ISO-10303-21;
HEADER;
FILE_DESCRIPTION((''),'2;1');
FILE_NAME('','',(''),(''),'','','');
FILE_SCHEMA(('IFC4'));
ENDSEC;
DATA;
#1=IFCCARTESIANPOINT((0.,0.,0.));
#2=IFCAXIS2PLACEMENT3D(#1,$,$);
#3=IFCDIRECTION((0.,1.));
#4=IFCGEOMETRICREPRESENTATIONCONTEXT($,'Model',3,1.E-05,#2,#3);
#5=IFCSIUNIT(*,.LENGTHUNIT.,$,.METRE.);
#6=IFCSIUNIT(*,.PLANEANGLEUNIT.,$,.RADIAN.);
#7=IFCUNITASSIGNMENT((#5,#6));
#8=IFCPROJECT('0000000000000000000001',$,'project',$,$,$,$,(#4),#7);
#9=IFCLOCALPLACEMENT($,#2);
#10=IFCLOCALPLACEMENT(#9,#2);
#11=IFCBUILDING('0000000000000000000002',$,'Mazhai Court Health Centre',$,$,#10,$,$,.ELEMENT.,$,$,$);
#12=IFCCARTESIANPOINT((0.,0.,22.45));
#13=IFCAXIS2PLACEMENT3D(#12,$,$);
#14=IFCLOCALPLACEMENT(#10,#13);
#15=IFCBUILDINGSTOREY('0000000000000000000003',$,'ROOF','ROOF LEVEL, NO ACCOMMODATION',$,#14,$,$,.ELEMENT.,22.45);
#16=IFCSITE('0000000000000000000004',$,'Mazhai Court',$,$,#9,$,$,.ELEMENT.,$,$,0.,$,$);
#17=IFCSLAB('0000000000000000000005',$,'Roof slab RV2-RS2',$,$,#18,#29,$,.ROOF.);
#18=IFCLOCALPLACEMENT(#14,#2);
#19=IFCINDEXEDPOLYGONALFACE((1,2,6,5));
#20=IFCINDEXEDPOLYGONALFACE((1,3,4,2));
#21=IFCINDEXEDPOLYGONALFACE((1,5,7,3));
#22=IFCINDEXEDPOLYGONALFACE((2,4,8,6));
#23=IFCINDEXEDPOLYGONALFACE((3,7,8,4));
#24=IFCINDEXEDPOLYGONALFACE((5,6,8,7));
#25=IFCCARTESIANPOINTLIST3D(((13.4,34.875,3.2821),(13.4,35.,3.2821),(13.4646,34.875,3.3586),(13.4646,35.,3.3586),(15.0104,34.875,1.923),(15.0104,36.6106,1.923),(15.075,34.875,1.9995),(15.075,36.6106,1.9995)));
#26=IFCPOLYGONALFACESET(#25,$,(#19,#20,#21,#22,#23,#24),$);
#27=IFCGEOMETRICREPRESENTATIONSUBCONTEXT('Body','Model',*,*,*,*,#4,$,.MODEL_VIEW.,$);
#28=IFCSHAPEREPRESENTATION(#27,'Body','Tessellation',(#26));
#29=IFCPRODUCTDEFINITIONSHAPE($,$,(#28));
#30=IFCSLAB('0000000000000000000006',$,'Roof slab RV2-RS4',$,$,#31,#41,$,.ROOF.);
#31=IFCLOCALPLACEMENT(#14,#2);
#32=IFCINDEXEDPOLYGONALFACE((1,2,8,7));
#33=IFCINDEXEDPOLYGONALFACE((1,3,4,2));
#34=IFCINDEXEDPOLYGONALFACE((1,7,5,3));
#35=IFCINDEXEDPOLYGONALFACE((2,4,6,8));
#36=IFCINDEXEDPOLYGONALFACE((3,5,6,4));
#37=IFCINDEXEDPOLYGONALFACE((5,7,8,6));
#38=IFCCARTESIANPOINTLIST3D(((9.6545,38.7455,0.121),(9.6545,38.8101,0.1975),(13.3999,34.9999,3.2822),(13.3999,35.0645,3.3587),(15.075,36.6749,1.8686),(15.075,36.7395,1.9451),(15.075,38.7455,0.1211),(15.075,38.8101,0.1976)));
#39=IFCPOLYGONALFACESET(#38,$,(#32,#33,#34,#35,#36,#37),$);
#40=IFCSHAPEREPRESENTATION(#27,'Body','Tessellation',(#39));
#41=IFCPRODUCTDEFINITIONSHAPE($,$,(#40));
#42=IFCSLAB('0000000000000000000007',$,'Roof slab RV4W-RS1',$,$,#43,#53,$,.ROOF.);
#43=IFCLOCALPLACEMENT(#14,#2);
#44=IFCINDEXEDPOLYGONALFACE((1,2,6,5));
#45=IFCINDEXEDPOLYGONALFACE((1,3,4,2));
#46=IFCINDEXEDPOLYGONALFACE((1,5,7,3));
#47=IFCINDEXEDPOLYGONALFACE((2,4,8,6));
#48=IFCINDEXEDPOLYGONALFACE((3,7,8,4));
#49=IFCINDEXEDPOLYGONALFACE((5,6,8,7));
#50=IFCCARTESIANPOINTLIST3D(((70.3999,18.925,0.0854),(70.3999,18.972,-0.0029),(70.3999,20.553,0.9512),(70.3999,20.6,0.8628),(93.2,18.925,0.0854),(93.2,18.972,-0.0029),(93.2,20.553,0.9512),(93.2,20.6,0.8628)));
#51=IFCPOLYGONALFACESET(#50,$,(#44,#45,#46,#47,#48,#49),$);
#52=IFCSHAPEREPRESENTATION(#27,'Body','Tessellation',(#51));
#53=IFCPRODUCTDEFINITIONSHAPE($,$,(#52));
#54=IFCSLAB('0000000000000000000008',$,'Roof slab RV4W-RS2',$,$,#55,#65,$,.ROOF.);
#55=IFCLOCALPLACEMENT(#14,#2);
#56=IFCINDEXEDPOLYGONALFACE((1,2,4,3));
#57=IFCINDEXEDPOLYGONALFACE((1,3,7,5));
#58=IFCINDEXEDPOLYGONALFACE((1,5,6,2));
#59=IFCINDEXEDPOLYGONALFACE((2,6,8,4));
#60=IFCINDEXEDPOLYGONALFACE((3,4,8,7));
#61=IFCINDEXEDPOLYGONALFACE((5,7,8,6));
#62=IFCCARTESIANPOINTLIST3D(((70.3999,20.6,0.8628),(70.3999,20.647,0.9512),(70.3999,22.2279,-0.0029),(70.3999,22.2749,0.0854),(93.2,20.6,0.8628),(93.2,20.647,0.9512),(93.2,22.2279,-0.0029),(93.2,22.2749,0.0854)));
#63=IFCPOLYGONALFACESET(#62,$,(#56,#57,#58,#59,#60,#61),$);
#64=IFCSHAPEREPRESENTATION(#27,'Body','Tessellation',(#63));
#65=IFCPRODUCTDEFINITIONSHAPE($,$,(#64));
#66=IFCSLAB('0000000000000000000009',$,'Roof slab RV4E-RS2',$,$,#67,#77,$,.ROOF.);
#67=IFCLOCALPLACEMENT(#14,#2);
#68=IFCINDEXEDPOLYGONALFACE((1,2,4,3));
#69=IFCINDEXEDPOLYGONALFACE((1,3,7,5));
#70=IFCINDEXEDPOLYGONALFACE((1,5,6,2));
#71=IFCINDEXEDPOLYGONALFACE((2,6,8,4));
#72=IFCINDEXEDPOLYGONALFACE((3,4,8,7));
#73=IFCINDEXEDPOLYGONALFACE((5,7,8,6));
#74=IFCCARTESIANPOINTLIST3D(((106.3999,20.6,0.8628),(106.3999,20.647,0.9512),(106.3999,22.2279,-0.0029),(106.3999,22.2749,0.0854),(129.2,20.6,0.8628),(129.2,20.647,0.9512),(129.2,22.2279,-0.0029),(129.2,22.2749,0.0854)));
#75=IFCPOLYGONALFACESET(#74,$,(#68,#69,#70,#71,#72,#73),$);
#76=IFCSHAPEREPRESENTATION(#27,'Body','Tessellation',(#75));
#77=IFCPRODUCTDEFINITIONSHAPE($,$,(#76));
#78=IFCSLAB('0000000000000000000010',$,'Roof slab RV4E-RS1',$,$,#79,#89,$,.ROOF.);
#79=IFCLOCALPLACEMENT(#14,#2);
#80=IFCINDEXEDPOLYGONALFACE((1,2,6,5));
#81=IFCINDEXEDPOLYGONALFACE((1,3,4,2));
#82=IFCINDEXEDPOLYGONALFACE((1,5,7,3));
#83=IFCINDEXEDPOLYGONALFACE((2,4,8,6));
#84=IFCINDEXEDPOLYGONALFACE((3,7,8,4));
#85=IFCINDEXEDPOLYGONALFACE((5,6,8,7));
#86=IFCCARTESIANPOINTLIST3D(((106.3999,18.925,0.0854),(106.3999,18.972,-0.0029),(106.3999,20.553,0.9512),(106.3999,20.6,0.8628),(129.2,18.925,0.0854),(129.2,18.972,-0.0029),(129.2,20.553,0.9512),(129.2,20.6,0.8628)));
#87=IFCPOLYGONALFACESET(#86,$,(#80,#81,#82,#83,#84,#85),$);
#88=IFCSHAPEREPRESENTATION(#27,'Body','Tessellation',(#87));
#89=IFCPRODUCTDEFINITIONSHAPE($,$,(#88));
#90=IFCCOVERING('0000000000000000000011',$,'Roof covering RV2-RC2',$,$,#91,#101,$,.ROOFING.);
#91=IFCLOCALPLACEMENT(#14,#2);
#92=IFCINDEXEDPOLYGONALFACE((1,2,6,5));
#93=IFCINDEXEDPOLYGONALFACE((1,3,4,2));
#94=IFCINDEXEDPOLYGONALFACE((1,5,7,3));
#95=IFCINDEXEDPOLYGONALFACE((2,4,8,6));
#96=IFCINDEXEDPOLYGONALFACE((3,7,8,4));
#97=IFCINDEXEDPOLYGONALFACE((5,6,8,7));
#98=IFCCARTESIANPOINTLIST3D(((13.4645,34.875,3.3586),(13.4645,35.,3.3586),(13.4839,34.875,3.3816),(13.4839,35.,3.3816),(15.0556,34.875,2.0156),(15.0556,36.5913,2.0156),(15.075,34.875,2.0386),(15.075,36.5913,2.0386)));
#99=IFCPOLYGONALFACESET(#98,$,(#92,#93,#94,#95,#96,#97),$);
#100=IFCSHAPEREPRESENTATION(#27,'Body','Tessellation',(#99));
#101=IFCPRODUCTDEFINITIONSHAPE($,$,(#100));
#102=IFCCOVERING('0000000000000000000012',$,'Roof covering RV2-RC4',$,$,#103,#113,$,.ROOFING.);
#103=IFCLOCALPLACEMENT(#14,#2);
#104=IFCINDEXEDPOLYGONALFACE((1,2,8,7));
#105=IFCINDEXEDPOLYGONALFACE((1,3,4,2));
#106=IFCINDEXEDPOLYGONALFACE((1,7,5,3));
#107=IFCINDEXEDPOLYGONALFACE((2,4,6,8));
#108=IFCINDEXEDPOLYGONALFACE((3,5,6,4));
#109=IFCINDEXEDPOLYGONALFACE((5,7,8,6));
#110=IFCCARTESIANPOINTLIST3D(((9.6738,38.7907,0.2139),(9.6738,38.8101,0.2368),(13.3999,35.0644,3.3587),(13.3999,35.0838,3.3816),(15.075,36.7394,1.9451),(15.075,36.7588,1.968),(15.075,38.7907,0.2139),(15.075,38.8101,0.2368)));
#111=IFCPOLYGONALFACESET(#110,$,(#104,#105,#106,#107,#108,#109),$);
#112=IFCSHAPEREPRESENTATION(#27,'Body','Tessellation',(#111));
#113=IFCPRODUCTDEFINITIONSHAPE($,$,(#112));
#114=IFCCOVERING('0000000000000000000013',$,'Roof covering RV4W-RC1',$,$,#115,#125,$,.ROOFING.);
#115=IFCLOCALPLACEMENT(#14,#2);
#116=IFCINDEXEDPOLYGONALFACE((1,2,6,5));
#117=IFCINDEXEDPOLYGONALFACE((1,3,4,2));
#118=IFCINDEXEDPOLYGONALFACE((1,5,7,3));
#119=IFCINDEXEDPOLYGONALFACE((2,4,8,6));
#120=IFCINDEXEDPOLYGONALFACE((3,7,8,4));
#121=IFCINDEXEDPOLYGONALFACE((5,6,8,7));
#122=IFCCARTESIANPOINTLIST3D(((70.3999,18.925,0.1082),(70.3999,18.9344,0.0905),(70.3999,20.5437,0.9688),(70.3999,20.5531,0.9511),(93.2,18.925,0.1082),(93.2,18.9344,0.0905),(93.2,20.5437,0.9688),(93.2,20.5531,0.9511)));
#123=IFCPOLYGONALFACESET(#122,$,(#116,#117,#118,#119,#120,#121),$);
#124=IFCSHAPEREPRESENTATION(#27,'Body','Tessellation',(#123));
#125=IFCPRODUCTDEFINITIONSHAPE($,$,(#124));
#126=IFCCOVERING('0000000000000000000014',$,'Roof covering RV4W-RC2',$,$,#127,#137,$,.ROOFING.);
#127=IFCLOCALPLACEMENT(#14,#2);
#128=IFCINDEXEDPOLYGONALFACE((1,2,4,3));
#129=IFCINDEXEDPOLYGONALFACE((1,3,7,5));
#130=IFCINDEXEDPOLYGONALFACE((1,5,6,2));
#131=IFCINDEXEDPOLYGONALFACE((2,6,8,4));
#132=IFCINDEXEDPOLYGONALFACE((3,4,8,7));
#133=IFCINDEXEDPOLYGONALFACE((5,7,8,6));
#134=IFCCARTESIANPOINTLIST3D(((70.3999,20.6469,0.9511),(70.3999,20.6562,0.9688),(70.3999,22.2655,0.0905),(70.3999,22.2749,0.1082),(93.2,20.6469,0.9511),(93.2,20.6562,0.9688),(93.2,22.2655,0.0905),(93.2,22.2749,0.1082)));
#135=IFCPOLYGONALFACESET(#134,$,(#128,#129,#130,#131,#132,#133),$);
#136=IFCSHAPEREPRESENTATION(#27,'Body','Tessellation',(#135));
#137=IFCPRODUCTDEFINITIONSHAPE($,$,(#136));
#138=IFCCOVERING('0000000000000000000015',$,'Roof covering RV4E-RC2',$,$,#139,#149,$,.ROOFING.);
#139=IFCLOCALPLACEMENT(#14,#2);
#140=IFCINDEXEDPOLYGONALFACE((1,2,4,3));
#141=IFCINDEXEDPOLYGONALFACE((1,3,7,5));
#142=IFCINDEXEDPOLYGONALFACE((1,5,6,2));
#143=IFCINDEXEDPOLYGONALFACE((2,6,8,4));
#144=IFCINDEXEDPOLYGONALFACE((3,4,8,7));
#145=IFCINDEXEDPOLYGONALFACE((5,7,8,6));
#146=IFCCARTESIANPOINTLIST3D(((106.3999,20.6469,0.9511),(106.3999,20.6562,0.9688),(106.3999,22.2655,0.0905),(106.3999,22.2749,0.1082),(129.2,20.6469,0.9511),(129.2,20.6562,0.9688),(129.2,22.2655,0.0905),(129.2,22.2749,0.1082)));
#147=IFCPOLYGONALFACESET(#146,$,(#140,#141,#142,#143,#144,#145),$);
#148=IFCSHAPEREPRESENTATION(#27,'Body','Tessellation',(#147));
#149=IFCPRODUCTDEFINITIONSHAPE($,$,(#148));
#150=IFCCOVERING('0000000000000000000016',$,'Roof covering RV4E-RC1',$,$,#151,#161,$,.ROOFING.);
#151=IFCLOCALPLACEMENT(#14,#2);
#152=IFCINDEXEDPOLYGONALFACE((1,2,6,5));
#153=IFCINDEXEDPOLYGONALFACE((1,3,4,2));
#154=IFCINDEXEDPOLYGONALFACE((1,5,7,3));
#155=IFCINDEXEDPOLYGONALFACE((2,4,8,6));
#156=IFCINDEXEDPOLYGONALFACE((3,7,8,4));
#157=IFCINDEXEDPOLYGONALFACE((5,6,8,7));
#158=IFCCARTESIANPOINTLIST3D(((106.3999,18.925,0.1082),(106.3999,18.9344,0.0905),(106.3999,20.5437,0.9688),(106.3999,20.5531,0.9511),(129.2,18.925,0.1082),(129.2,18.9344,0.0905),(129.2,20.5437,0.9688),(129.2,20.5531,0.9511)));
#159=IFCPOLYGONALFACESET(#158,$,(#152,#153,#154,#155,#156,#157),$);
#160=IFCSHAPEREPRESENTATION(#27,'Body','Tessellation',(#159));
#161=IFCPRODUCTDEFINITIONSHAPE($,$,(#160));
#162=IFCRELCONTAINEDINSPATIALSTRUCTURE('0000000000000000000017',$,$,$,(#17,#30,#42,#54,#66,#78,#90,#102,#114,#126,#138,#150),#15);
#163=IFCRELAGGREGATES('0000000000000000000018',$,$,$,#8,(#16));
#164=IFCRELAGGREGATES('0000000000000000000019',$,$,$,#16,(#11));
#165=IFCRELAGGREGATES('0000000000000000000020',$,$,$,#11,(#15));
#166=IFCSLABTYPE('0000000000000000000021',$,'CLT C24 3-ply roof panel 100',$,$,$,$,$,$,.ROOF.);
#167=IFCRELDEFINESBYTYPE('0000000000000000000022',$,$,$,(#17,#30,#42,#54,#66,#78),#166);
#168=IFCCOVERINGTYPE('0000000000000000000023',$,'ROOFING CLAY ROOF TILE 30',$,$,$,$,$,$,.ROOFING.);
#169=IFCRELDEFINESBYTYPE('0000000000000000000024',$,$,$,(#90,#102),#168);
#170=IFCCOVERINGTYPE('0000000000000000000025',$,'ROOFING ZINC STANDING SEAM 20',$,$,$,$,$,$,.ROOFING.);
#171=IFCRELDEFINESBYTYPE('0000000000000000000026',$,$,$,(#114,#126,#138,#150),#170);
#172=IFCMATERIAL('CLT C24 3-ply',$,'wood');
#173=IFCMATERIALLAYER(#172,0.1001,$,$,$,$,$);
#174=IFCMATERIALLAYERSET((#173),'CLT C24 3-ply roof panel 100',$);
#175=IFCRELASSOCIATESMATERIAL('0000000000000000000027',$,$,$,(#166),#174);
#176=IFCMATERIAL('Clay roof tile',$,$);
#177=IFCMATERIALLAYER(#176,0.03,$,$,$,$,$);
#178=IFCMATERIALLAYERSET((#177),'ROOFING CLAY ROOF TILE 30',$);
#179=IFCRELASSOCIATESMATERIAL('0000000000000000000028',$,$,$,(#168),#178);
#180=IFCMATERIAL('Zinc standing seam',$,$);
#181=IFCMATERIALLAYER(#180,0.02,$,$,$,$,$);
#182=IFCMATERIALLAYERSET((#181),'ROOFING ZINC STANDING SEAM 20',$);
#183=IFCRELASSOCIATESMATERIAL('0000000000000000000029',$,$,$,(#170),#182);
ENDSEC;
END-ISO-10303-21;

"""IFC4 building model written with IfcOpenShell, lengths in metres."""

from ifc_helpers import new_model, si_unit, direction, frame, origin, place, context, subcontext, project, spatial, polyline, outline, extrude, material, layer, layer_set, type_object, element, save


model = new_model("IFC4")

# Units and contexts
model_context = context("Model", 3, precision=1e-05, world=origin(), true_north=direction((0.0, 1.0)))
body_context = subcontext(model_context, "Body", "Model", "MODEL_VIEW")
ifc_project = project(units=[si_unit("LENGTHUNIT", "METRE"), si_unit("PLANEANGLEUNIT", "RADIAN")], contexts=[model_context])

# Site, building, storey
site_placement = place(None, origin())
site = spatial("IfcSite", under=ifc_project, at=site_placement, Name="Mazhai Court", CompositionType="ELEMENT", RefElevation=0.0)
building_placement = place(site_placement, origin())
building = spatial("IfcBuilding", under=site, at=building_placement, Name="Mazhai Court Health Centre", CompositionType="ELEMENT")
storey_placement = place(building_placement, frame((0.0, 0.0, 22.45)))
storey = spatial("IfcBuildingStorey", under=building, at=storey_placement, Name="ROOF", Description="ROOF LEVEL, NO ACCOMMODATION", CompositionType="ELEMENT", Elevation=22.45)

# Slabs
ifc_material_1 = material(Name="CLT C24 3-ply", Category="wood")
ifc_layer_1 = layer(ifc_material_1, 0.1001)
ifc_layer_set_1 = layer_set([ifc_layer_1], Name="CLT C24 3-ply roof panel 100")
slab_type = type_object("IfcSlabType", Name="CLT C24 3-ply roof panel 100", PredefinedType="ROOF", material=ifc_layer_set_1)
slab_1_placement = place(storey_placement, frame((13.4646, 35.0, 3.3586), z_axis=(0.644981, 0.0, 0.764199), x_axis=(0.607162, 0.607254, -0.512442)))
element("IfcSlab", 1, at=slab_1_placement, inside=storey, type_object=slab_type, Name="Roof slab RV2-RS2", PredefinedType="ROOF", context=body_context, shape_type="SweptSolid", body=[
    extrude(outline(polyline([(0.0, 0.0), (2.6523, 0.0), (1.5983, -1.3789), (-0.0759, -0.0993), (0.0, 0.0)])), origin(), (0.0, 0.0, -1.0), 0.1001),
])
slab_2_placement = place(storey_placement, frame((9.6545, 38.8101, 0.1975), z_axis=(-0.000012, 0.644967, 0.764211), x_axis=(1.0, 0.000007, 0.000009)))
element("IfcSlab", 2, at=slab_2_placement, inside=storey, type_object=slab_type, Name="Roof slab RV2-RS4", PredefinedType="ROOF", context=body_context, shape_type="SweptSolid", body=[
    extrude(outline(polyline([(0.0, 0.0), (5.4204, 0.0), (5.4204, -2.7095), (3.7454, -4.9013), (0.0, 0.0)])), origin(), (0.0, 0.0, -1.0), 0.1001),
])
for number, where, z_axis, x_axis, name in (
    (3, (70.3999, 20.553, 0.9512), (0.0, -0.46953, 0.882917), (1.0, 0.0, 0.0), "Roof slab RV4W-RS1"),
    (4, (93.2, 20.647, 0.9512), (0.0, 0.46953, 0.882917), (-1.0, 0.0, 0.0), "Roof slab RV4W-RS2"),
    (5, (129.2, 20.647, 0.9512), (0.0, 0.46953, 0.882917), (-1.0, 0.0, 0.0), "Roof slab RV4E-RS2"),
    (6, (106.3999, 20.553, 0.9512), (0.0, -0.46953, 0.882917), (1.0, 0.0, 0.0), "Roof slab RV4E-RS1"),
):
    element("IfcSlab", number, at=place(storey_placement, frame(where, z_axis=z_axis, x_axis=x_axis)), inside=storey, type_object=slab_type, Name=name, PredefinedType="ROOF", context=body_context, shape_type="SweptSolid", body=[
        extrude(outline(polyline([(0.0, 0.0), (22.8, 0.0), (22.8, -1.8438), (0.0, -1.8438), (0.0, 0.0)])), origin(), (0.0, 0.0, -1.0), 0.1001),
    ])

# Coverings
ifc_material_2 = material(Name="Clay roof tile")
ifc_layer_2 = layer(ifc_material_2, 0.03)
ifc_layer_set_2 = layer_set([ifc_layer_2], Name="ROOFING CLAY ROOF TILE 30")
covering_type_1 = type_object("IfcCoveringType", Name="ROOFING CLAY ROOF TILE 30", PredefinedType="ROOFING", material=ifc_layer_set_2)
covering_1_placement = place(storey_placement, frame((13.4839, 35.0, 3.3816), z_axis=(0.645027, 0.0, 0.76416), x_axis=(0.607142, 0.607235, -0.512488)))
element("IfcCovering", 7, at=covering_1_placement, inside=storey, type_object=covering_type_1, Name="Roof covering RV2-RC2", PredefinedType="ROOFING", context=body_context, shape_type="SweptSolid", body=[
    extrude(outline(polyline([(0.0, 0.0), (2.6206, 0.0), (1.5784, -1.3636), (-0.0759, -0.0993), (0.0, 0.0)])), origin(), (0.0, 0.0, -1.0), 0.03),
])
covering_2_placement = place(storey_placement, frame((9.6738, 38.8101, 0.2368), z_axis=(-0.000007, 0.644956, 0.76422), x_axis=(1.0, 0.000005, 0.000006)))
element("IfcCovering", 8, at=covering_2_placement, inside=storey, type_object=covering_type_1, Name="Roof covering RV2-RC4", PredefinedType="ROOFING", context=body_context, shape_type="SweptSolid", body=[
    extrude(outline(polyline([(0.0, 0.0), (5.4011, 0.0), (5.4011, -2.6842), (3.7261, -4.876), (0.0, 0.0)])), origin(), (0.0, 0.0, -1.0), 0.03),
])
ifc_material_3 = material(Name="Zinc standing seam")
ifc_layer_3 = layer(ifc_material_3, 0.02)
ifc_layer_set_3 = layer_set([ifc_layer_3], Name="ROOFING ZINC STANDING SEAM 20")
covering_type_2 = type_object("IfcCoveringType", Name="ROOFING ZINC STANDING SEAM 20", PredefinedType="ROOFING", material=ifc_layer_set_3)
for number, where, z_axis, x_axis, name in (
    (9, (70.3999, 20.5437, 0.9688), (0.0, -0.469447, 0.88296), (1.0, 0.0, 0.0), "Roof covering RV4W-RC1"),
    (10, (93.2, 20.6562, 0.9688), (0.0, 0.469447, 0.88296), (-1.0, 0.0, 0.0), "Roof covering RV4W-RC2"),
    (11, (129.2, 20.6562, 0.9688), (0.0, 0.469447, 0.88296), (-1.0, 0.0, 0.0), "Roof covering RV4E-RC2"),
    (12, (106.3999, 20.5437, 0.9688), (0.0, -0.469447, 0.88296), (1.0, 0.0, 0.0), "Roof covering RV4E-RC1"),
):
    element("IfcCovering", number, at=place(storey_placement, frame(where, z_axis=z_axis, x_axis=x_axis)), inside=storey, type_object=covering_type_2, Name=name, PredefinedType="ROOFING", context=body_context, shape_type="SweptSolid", body=[
        extrude(outline(polyline([(0.0, 0.0), (22.8, 0.0), (22.8, -1.8332), (0.0, -1.8332), (0.0, 0.0)])), origin(), (0.0, 0.0, -1.0), 0.02),
    ])

save(model, "model.ifc")
